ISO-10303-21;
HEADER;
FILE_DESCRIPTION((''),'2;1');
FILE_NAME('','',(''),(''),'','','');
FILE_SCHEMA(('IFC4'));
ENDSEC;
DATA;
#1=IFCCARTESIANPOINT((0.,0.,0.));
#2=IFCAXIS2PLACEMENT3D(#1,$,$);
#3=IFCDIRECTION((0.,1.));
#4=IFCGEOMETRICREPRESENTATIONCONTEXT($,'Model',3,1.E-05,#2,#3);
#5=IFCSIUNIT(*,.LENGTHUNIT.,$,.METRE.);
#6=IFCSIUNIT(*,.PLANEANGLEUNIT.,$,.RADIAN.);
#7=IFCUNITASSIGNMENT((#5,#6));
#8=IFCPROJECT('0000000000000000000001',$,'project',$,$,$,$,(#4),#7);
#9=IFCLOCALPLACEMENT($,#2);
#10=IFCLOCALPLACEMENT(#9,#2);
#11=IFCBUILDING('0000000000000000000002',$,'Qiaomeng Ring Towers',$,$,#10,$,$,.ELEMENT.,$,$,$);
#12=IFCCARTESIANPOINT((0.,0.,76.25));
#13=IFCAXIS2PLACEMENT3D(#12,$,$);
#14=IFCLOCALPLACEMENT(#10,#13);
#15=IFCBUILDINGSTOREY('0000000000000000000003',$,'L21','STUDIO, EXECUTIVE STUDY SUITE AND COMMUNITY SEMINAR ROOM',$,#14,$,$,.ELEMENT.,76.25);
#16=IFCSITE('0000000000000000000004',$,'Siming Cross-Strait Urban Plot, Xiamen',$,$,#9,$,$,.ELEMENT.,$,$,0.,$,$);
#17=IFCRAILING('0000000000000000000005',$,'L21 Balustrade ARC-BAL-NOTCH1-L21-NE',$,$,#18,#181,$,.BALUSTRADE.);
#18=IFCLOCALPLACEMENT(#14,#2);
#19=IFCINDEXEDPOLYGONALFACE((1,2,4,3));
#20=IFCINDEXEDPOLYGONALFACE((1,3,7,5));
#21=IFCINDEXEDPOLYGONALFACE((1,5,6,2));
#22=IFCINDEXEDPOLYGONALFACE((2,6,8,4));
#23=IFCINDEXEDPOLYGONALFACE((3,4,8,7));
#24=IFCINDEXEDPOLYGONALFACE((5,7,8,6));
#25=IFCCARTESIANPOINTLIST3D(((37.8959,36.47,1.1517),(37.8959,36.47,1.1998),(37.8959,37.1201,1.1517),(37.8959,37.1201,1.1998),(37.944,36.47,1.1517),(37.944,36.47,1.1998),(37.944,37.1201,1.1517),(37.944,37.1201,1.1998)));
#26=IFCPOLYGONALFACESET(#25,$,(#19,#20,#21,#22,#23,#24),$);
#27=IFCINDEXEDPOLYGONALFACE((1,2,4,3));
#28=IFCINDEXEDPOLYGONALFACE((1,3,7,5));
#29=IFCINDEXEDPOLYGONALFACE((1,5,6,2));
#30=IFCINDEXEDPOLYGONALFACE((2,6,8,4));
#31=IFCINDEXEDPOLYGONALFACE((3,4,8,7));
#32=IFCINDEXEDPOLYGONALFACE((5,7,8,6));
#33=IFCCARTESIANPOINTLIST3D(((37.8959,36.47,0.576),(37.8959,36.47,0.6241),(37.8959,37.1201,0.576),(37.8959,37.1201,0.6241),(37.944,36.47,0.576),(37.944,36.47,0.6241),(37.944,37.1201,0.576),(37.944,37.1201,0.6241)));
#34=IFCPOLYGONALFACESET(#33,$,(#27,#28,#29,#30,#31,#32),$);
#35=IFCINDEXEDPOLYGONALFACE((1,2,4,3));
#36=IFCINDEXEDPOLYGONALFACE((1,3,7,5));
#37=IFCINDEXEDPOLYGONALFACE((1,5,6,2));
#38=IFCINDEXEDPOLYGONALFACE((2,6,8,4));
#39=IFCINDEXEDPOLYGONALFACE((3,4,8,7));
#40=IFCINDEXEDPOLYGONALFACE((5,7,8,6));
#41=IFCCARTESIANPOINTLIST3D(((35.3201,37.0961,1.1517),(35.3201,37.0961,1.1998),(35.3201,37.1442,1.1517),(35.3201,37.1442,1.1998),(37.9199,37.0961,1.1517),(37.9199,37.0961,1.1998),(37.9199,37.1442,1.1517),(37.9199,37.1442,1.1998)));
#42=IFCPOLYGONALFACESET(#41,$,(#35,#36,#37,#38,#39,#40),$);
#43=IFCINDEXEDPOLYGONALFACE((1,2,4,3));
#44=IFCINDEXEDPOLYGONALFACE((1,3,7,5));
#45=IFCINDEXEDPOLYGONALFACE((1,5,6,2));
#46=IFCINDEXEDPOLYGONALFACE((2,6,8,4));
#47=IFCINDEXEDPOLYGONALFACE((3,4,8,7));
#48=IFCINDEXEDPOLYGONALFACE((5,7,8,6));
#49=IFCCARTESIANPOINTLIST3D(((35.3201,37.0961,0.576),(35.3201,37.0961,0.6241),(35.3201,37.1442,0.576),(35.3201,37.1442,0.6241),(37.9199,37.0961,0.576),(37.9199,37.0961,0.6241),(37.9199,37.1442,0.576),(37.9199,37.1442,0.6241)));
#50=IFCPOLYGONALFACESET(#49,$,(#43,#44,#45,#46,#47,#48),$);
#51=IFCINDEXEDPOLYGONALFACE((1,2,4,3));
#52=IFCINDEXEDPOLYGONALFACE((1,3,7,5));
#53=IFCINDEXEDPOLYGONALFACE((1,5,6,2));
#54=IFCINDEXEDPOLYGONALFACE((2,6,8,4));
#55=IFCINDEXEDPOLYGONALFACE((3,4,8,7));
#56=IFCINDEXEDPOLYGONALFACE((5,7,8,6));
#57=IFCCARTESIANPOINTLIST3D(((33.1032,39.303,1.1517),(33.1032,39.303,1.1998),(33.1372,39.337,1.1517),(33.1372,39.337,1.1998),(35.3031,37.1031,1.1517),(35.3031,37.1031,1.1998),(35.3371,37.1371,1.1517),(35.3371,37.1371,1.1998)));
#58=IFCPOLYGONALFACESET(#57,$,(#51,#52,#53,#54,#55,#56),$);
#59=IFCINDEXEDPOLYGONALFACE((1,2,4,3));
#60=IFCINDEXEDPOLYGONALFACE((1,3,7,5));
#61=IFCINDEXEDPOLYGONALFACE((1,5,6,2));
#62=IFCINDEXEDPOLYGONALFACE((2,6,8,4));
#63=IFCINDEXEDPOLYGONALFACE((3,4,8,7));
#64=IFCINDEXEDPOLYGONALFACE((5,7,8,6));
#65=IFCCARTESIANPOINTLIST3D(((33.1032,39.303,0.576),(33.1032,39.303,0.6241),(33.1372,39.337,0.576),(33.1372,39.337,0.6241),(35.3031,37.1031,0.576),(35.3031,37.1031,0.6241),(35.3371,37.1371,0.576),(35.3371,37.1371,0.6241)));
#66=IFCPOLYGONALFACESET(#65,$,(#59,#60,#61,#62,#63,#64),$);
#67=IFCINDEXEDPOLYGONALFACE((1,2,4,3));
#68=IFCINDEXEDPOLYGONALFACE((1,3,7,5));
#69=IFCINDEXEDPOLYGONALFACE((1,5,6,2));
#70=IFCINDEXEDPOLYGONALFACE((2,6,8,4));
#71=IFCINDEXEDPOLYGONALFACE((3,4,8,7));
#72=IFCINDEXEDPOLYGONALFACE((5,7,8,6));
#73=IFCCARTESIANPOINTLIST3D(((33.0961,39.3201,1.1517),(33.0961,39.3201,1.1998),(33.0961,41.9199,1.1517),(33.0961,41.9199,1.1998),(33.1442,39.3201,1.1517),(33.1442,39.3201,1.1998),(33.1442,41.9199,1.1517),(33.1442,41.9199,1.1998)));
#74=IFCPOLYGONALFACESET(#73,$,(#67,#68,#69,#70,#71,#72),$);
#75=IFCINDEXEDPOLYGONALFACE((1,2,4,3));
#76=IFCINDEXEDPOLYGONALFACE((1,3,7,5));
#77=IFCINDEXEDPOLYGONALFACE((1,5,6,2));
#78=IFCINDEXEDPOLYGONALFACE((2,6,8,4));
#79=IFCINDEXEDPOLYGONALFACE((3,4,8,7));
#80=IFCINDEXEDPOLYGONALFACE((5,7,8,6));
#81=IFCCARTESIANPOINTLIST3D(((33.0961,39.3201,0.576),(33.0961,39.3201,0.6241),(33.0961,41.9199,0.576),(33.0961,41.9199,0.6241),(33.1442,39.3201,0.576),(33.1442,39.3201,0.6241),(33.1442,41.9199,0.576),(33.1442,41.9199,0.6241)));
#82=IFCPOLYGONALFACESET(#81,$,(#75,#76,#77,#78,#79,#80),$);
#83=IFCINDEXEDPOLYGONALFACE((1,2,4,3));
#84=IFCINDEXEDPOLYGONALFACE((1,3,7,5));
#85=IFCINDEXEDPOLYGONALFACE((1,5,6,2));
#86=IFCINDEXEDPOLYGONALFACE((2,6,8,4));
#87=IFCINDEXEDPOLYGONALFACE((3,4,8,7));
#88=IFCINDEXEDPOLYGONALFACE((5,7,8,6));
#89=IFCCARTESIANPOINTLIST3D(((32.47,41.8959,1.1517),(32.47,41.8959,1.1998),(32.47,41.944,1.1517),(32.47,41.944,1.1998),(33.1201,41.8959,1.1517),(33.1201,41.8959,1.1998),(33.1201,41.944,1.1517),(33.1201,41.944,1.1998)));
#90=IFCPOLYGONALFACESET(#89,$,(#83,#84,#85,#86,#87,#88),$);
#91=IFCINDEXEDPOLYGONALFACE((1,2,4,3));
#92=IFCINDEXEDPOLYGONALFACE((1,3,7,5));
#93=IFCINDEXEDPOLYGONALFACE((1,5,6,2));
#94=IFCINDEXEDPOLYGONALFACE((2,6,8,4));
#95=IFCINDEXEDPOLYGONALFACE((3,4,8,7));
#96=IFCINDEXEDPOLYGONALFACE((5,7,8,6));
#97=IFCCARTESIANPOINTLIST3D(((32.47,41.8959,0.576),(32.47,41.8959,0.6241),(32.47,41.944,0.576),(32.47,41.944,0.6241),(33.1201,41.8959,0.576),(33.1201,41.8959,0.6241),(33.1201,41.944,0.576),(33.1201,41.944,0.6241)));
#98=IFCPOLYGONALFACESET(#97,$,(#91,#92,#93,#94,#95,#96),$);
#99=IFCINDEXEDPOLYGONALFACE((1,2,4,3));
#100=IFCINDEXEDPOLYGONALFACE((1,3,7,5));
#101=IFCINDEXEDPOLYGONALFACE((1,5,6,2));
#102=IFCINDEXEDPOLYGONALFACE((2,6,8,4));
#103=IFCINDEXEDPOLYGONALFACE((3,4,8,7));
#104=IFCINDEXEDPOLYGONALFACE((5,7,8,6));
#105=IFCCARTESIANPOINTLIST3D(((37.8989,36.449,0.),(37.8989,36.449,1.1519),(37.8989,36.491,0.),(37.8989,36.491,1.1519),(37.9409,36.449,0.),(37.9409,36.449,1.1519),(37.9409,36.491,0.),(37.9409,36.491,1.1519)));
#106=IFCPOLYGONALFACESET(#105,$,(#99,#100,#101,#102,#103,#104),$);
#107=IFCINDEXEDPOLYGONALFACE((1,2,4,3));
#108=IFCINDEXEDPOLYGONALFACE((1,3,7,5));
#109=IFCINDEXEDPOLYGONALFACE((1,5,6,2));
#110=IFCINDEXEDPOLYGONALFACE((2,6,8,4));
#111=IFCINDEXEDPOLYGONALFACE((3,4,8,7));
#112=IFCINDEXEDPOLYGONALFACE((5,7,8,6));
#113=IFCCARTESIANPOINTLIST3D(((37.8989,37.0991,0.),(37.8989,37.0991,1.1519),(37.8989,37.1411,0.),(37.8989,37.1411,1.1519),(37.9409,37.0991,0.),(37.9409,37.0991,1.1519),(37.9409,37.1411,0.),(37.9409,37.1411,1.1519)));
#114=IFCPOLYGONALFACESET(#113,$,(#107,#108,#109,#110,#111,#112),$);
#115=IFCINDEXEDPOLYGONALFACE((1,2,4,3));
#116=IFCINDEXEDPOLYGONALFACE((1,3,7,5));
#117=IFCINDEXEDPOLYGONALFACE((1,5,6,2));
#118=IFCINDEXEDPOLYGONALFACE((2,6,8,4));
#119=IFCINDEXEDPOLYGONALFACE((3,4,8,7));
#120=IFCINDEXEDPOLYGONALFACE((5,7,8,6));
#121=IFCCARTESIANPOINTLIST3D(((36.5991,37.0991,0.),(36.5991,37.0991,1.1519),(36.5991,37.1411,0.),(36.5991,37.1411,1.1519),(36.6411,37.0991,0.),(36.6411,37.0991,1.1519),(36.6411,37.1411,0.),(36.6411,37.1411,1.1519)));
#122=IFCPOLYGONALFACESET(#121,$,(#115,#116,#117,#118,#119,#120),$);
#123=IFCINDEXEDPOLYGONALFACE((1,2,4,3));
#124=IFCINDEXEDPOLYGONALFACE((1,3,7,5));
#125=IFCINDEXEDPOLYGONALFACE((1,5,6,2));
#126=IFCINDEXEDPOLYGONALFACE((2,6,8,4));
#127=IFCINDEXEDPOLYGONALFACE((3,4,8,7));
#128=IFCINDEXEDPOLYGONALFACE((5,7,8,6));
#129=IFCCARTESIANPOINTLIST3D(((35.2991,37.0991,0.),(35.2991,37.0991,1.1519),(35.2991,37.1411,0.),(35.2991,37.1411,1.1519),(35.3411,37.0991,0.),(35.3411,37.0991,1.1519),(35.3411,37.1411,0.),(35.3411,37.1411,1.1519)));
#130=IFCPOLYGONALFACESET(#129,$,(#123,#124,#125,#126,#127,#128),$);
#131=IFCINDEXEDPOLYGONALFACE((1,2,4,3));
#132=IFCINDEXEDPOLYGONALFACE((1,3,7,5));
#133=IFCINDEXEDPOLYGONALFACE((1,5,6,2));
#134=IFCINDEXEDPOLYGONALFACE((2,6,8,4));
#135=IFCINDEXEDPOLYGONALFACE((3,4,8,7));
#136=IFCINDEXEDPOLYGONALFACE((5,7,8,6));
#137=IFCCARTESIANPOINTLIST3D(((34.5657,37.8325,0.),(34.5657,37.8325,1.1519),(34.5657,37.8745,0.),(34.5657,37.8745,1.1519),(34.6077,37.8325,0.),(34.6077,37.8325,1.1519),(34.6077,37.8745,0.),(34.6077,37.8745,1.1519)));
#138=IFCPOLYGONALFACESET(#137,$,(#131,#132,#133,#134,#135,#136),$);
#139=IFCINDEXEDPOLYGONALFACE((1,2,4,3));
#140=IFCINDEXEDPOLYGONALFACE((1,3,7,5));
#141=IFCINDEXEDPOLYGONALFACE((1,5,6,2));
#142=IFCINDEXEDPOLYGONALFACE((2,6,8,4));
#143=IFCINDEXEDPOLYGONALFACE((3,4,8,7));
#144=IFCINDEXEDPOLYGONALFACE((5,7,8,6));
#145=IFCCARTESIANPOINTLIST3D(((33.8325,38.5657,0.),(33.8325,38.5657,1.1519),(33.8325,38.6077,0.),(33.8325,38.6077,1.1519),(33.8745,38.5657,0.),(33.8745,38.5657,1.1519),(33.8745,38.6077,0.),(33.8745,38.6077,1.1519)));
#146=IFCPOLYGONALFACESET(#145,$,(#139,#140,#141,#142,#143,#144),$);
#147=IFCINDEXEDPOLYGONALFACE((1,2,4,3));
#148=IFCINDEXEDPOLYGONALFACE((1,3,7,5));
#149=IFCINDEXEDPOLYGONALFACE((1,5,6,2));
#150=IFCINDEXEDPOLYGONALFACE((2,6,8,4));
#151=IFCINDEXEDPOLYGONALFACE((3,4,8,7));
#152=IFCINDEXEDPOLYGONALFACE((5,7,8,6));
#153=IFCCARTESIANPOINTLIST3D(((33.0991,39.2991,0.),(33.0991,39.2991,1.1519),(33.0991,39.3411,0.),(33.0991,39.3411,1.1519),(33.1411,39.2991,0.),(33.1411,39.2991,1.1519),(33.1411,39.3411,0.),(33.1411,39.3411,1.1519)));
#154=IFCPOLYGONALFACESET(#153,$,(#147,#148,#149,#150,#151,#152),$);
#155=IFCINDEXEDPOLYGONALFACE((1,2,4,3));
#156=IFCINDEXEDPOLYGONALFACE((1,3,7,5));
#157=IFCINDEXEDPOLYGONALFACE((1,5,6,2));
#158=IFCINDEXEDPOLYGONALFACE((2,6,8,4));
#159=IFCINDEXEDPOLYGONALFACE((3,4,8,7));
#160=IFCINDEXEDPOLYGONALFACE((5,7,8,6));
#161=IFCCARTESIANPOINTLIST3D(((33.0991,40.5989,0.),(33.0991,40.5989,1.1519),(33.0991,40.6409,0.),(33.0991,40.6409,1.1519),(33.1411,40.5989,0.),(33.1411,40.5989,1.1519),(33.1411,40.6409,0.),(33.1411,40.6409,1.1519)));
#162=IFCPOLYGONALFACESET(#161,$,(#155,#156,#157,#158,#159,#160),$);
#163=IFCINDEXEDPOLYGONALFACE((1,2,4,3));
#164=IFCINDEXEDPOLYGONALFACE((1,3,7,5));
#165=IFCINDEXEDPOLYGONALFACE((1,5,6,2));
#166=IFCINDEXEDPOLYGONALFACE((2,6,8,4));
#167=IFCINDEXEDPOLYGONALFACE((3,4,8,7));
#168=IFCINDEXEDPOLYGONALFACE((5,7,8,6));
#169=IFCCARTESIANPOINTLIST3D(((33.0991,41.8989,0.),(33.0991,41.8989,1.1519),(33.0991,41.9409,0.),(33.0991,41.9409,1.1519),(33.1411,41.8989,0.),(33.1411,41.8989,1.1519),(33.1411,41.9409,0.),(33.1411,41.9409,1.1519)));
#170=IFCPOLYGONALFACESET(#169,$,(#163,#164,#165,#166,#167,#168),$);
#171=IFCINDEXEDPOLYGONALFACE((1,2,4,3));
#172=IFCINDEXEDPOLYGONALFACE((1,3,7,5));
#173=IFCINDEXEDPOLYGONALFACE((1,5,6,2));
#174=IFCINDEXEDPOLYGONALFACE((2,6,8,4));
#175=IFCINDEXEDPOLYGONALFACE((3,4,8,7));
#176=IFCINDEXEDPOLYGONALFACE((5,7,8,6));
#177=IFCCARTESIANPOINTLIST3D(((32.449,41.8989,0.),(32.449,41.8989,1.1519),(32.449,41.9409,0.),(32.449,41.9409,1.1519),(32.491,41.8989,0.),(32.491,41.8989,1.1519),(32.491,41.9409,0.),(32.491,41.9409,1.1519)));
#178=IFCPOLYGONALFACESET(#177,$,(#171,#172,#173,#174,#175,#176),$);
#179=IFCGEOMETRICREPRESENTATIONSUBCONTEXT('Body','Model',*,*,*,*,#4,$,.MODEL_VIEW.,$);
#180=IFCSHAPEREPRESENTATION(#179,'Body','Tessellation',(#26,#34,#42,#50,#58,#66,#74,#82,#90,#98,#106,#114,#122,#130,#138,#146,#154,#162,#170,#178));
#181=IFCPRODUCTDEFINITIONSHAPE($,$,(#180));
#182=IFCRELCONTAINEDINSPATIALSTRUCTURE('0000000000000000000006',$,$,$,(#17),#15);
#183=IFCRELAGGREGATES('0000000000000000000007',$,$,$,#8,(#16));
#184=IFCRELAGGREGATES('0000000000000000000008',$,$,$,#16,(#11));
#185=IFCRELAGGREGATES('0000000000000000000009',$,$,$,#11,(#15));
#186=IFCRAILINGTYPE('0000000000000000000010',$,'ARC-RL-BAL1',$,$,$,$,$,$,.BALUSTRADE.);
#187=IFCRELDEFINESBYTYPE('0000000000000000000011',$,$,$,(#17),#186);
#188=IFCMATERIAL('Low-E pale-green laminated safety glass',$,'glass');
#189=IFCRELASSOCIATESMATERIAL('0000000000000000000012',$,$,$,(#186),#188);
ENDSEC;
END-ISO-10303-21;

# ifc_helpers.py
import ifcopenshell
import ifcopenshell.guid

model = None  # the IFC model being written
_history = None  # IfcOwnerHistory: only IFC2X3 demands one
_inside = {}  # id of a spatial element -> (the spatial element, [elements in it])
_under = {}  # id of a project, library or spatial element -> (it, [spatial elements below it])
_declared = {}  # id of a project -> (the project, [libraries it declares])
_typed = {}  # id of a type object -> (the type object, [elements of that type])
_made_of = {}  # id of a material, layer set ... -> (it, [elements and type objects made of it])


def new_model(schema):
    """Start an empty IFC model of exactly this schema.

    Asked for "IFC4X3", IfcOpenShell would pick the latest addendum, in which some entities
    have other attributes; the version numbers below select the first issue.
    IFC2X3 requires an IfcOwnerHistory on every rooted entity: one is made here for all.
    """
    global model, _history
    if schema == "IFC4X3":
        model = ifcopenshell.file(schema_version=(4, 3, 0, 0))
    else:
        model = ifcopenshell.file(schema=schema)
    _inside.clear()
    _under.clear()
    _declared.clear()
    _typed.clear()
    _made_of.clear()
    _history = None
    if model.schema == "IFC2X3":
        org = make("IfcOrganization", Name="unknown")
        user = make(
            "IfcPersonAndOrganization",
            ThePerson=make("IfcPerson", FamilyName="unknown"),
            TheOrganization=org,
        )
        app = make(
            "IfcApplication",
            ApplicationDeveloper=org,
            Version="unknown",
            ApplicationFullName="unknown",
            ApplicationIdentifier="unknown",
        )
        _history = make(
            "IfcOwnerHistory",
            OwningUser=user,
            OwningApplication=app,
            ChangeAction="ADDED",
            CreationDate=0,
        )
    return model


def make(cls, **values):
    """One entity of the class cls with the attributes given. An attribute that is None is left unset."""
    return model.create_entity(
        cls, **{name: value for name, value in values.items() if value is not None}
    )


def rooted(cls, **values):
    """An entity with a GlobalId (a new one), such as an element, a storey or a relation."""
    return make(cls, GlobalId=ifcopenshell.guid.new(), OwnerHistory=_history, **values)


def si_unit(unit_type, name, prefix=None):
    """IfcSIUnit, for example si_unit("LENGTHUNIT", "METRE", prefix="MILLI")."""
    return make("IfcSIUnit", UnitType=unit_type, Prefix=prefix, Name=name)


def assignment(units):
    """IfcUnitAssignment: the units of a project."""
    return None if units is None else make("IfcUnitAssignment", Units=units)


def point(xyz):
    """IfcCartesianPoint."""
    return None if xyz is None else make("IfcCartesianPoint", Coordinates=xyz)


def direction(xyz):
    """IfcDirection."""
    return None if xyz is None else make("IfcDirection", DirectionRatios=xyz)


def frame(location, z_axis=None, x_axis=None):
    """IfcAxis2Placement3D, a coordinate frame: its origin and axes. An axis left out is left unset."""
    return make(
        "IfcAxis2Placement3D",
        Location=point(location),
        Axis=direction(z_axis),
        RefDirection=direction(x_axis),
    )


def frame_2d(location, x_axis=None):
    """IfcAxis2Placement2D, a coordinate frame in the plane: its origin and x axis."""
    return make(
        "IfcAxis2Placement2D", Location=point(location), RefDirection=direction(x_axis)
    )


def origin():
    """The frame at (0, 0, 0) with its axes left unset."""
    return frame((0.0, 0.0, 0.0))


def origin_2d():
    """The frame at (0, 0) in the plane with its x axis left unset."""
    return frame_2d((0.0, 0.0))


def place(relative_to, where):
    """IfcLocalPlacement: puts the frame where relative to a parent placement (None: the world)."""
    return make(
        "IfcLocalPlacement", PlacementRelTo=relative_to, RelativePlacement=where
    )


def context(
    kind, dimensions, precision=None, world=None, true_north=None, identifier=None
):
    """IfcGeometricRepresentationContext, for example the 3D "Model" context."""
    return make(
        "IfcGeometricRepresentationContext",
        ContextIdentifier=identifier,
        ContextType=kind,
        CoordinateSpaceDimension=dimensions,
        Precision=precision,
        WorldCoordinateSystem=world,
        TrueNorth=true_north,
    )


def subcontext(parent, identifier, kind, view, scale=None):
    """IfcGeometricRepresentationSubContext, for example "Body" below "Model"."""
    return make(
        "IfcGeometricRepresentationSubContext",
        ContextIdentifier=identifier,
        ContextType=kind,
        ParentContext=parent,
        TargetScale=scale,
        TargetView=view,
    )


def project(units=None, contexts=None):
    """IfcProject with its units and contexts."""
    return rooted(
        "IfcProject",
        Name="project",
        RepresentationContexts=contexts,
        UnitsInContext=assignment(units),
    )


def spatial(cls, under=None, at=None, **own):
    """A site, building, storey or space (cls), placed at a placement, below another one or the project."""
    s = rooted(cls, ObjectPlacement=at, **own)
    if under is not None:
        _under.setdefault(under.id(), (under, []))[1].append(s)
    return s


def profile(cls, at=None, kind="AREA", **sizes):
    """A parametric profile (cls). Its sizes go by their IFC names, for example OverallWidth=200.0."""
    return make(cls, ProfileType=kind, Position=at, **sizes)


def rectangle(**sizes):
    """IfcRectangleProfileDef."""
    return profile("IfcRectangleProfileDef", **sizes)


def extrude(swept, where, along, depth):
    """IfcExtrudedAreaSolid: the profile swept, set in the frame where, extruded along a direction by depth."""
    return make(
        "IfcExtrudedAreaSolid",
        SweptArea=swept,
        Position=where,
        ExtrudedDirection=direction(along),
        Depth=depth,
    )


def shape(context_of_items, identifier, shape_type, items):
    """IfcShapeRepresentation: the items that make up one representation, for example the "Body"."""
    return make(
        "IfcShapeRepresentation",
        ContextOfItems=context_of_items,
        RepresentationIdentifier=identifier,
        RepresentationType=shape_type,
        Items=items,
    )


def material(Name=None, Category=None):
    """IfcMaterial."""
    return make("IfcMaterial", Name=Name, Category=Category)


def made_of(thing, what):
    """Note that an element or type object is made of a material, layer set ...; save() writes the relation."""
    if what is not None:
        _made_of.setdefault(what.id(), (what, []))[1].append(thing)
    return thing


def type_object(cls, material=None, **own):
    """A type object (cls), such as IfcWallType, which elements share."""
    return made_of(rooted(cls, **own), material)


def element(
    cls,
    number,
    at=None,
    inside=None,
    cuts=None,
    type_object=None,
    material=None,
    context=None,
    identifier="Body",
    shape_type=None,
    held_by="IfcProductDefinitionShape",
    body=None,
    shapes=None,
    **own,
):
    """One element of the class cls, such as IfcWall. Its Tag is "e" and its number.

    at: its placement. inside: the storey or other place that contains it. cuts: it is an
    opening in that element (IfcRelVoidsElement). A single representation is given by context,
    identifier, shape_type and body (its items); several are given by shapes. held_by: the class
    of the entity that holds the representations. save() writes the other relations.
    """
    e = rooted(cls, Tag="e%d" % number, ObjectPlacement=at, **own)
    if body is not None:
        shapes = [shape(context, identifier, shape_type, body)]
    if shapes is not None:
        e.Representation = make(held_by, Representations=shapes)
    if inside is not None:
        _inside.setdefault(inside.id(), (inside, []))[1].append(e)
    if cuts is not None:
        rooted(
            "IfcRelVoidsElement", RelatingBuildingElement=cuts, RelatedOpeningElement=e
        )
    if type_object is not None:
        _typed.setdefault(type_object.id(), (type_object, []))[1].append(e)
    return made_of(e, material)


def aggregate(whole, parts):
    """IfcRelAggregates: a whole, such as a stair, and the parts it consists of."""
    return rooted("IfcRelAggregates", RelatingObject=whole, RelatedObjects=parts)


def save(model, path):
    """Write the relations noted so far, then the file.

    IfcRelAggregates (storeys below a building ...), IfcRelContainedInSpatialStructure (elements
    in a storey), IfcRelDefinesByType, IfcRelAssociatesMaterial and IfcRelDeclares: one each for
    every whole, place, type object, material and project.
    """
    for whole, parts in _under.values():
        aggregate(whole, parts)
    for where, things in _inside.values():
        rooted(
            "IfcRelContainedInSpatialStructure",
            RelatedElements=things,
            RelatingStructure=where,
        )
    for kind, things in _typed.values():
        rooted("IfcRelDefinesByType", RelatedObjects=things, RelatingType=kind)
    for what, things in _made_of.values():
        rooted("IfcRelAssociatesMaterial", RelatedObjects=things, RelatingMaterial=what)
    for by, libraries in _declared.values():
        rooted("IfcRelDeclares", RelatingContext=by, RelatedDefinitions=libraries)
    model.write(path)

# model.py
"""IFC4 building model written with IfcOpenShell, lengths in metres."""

from ifc_helpers import new_model, si_unit, direction, frame, origin, origin_2d, place, context, subcontext, project, spatial, rectangle, extrude, material, type_object, element, save


model = new_model("IFC4")

# Units and contexts
model_context = context("Model", 3, precision=1e-05, world=origin(), true_north=direction((0.0, 1.0)))
body_context = subcontext(model_context, "Body", "Model", "MODEL_VIEW")
ifc_project = project(units=[si_unit("LENGTHUNIT", "METRE"), si_unit("PLANEANGLEUNIT", "RADIAN")], contexts=[model_context])

# Site, building, storey
site_placement = place(None, origin())
site = spatial("IfcSite", under=ifc_project, at=site_placement, Name="Siming Cross-Strait Urban Plot, Xiamen", CompositionType="ELEMENT", RefElevation=0.0)
building_placement = place(site_placement, origin())
building = spatial("IfcBuilding", under=site, at=building_placement, Name="Qiaomeng Ring Towers", CompositionType="ELEMENT")
storey_placement = place(building_placement, frame((0.0, 0.0, 76.25)))
storey = spatial("IfcBuildingStorey", under=building, at=storey_placement, Name="L21", Description="STUDIO, EXECUTIVE STUDY SUITE AND COMMUNITY SEMINAR ROOM", CompositionType="ELEMENT", Elevation=76.25)

# Railing
ifc_material_1 = material(Name="Low-E pale-green laminated safety glass", Category="glass")
railing_type = type_object("IfcRailingType", Name="ARC-RL-BAL1", PredefinedType="BALUSTRADE", material=ifc_material_1)
railing_placement = place(storey_placement, frame((37.9199, 36.47, 0.0)))
element("IfcRailing", 1, at=railing_placement, inside=storey, type_object=railing_type, Name="L21 Balustrade ARC-BAL-NOTCH1-L21-NE", PredefinedType="BALUSTRADE", context=body_context, shape_type="SweptSolid", body=[
    extrude(rectangle(XDim=0.0481, YDim=0.0481, at=origin_2d()), frame((0.0, 0.0, 1.1758), z_axis=(0.0, 1.0, 0.0), x_axis=(-1.0, 0.0, 0.0)), (0.0, 0.0, 1.0), 0.6501),
    extrude(rectangle(XDim=0.0481, YDim=0.0481, at=origin_2d()), frame((0.0, 0.0, 0.6001), z_axis=(0.0, 1.0, 0.0), x_axis=(-1.0, 0.0, 0.0)), (0.0, 0.0, 1.0), 0.6501),
    extrude(rectangle(XDim=0.0481, YDim=0.0481, at=origin_2d()), frame((0.0, 0.6501, 1.1758), z_axis=(-1.0, 0.0, 0.0), x_axis=(0.0, -1.0, 0.0)), (0.0, 0.0, 1.0), 2.5999),
    extrude(rectangle(XDim=0.0481, YDim=0.0481, at=origin_2d()), frame((0.0, 0.6501, 0.6001), z_axis=(-1.0, 0.0, 0.0), x_axis=(0.0, -1.0, 0.0)), (0.0, 0.0, 1.0), 2.5999),
    extrude(rectangle(XDim=0.0481, YDim=0.0481, at=origin_2d()), frame((-2.5999, 0.6501, 1.1758), z_axis=(-0.707107, 0.707107, 0.0), x_axis=(-0.707107, -0.707107, 0.0)), (0.0, 0.0, 1.0), 3.1111),
    extrude(rectangle(XDim=0.0481, YDim=0.0481, at=origin_2d()), frame((-2.5999, 0.6501, 0.6001), z_axis=(-0.707107, 0.707107, 0.0), x_axis=(-0.707107, -0.707107, 0.0)), (0.0, 0.0, 1.0), 3.1111),
    extrude(rectangle(XDim=0.0481, YDim=0.0481, at=origin_2d()), frame((-4.7998, 2.8501, 1.1758), z_axis=(0.0, 1.0, 0.0), x_axis=(-1.0, 0.0, 0.0)), (0.0, 0.0, 1.0), 2.5999),
    extrude(rectangle(XDim=0.0481, YDim=0.0481, at=origin_2d()), frame((-4.7998, 2.8501, 0.6001), z_axis=(0.0, 1.0, 0.0), x_axis=(-1.0, 0.0, 0.0)), (0.0, 0.0, 1.0), 2.5999),
    extrude(rectangle(XDim=0.0481, YDim=0.0481, at=origin_2d()), frame((-4.7998, 5.45, 1.1758), z_axis=(-1.0, 0.0, 0.0), x_axis=(0.0, -1.0, 0.0)), (0.0, 0.0, 1.0), 0.6501),
    extrude(rectangle(XDim=0.0481, YDim=0.0481, at=origin_2d()), frame((-4.7998, 5.45, 0.6001), z_axis=(-1.0, 0.0, 0.0), x_axis=(0.0, -1.0, 0.0)), (0.0, 0.0, 1.0), 0.6501),
    extrude(rectangle(XDim=0.042, YDim=0.042, at=origin_2d()), origin(), (0.0, 0.0, 1.0), 1.1519),
    extrude(rectangle(XDim=0.042, YDim=0.042, at=origin_2d()), frame((0.0, 0.6501, 0.0)), (0.0, 0.0, 1.0), 1.1519),
    extrude(rectangle(XDim=0.042, YDim=0.042, at=origin_2d()), frame((-1.2998, 0.6501, 0.0)), (0.0, 0.0, 1.0), 1.1519),
    extrude(rectangle(XDim=0.042, YDim=0.042, at=origin_2d()), frame((-2.5999, 0.6501, 0.0)), (0.0, 0.0, 1.0), 1.1519),
    extrude(rectangle(XDim=0.042, YDim=0.042, at=origin_2d()), frame((-3.3333, 1.3835, 0.0)), (0.0, 0.0, 1.0), 1.1519),
    extrude(rectangle(XDim=0.042, YDim=0.042, at=origin_2d()), frame((-4.0664, 2.1167, 0.0)), (0.0, 0.0, 1.0), 1.1519),
    extrude(rectangle(XDim=0.042, YDim=0.042, at=origin_2d()), frame((-4.7998, 2.8501, 0.0)), (0.0, 0.0, 1.0), 1.1519),
    extrude(rectangle(XDim=0.042, YDim=0.042, at=origin_2d()), frame((-4.7998, 4.1499, 0.0)), (0.0, 0.0, 1.0), 1.1519),
    extrude(rectangle(XDim=0.042, YDim=0.042, at=origin_2d()), frame((-4.7998, 5.45, 0.0)), (0.0, 0.0, 1.0), 1.1519),
    extrude(rectangle(XDim=0.042, YDim=0.042, at=origin_2d()), frame((-5.45, 5.45, 0.0)), (0.0, 0.0, 1.0), 1.1519),
])

save(model, "model.ifc")
